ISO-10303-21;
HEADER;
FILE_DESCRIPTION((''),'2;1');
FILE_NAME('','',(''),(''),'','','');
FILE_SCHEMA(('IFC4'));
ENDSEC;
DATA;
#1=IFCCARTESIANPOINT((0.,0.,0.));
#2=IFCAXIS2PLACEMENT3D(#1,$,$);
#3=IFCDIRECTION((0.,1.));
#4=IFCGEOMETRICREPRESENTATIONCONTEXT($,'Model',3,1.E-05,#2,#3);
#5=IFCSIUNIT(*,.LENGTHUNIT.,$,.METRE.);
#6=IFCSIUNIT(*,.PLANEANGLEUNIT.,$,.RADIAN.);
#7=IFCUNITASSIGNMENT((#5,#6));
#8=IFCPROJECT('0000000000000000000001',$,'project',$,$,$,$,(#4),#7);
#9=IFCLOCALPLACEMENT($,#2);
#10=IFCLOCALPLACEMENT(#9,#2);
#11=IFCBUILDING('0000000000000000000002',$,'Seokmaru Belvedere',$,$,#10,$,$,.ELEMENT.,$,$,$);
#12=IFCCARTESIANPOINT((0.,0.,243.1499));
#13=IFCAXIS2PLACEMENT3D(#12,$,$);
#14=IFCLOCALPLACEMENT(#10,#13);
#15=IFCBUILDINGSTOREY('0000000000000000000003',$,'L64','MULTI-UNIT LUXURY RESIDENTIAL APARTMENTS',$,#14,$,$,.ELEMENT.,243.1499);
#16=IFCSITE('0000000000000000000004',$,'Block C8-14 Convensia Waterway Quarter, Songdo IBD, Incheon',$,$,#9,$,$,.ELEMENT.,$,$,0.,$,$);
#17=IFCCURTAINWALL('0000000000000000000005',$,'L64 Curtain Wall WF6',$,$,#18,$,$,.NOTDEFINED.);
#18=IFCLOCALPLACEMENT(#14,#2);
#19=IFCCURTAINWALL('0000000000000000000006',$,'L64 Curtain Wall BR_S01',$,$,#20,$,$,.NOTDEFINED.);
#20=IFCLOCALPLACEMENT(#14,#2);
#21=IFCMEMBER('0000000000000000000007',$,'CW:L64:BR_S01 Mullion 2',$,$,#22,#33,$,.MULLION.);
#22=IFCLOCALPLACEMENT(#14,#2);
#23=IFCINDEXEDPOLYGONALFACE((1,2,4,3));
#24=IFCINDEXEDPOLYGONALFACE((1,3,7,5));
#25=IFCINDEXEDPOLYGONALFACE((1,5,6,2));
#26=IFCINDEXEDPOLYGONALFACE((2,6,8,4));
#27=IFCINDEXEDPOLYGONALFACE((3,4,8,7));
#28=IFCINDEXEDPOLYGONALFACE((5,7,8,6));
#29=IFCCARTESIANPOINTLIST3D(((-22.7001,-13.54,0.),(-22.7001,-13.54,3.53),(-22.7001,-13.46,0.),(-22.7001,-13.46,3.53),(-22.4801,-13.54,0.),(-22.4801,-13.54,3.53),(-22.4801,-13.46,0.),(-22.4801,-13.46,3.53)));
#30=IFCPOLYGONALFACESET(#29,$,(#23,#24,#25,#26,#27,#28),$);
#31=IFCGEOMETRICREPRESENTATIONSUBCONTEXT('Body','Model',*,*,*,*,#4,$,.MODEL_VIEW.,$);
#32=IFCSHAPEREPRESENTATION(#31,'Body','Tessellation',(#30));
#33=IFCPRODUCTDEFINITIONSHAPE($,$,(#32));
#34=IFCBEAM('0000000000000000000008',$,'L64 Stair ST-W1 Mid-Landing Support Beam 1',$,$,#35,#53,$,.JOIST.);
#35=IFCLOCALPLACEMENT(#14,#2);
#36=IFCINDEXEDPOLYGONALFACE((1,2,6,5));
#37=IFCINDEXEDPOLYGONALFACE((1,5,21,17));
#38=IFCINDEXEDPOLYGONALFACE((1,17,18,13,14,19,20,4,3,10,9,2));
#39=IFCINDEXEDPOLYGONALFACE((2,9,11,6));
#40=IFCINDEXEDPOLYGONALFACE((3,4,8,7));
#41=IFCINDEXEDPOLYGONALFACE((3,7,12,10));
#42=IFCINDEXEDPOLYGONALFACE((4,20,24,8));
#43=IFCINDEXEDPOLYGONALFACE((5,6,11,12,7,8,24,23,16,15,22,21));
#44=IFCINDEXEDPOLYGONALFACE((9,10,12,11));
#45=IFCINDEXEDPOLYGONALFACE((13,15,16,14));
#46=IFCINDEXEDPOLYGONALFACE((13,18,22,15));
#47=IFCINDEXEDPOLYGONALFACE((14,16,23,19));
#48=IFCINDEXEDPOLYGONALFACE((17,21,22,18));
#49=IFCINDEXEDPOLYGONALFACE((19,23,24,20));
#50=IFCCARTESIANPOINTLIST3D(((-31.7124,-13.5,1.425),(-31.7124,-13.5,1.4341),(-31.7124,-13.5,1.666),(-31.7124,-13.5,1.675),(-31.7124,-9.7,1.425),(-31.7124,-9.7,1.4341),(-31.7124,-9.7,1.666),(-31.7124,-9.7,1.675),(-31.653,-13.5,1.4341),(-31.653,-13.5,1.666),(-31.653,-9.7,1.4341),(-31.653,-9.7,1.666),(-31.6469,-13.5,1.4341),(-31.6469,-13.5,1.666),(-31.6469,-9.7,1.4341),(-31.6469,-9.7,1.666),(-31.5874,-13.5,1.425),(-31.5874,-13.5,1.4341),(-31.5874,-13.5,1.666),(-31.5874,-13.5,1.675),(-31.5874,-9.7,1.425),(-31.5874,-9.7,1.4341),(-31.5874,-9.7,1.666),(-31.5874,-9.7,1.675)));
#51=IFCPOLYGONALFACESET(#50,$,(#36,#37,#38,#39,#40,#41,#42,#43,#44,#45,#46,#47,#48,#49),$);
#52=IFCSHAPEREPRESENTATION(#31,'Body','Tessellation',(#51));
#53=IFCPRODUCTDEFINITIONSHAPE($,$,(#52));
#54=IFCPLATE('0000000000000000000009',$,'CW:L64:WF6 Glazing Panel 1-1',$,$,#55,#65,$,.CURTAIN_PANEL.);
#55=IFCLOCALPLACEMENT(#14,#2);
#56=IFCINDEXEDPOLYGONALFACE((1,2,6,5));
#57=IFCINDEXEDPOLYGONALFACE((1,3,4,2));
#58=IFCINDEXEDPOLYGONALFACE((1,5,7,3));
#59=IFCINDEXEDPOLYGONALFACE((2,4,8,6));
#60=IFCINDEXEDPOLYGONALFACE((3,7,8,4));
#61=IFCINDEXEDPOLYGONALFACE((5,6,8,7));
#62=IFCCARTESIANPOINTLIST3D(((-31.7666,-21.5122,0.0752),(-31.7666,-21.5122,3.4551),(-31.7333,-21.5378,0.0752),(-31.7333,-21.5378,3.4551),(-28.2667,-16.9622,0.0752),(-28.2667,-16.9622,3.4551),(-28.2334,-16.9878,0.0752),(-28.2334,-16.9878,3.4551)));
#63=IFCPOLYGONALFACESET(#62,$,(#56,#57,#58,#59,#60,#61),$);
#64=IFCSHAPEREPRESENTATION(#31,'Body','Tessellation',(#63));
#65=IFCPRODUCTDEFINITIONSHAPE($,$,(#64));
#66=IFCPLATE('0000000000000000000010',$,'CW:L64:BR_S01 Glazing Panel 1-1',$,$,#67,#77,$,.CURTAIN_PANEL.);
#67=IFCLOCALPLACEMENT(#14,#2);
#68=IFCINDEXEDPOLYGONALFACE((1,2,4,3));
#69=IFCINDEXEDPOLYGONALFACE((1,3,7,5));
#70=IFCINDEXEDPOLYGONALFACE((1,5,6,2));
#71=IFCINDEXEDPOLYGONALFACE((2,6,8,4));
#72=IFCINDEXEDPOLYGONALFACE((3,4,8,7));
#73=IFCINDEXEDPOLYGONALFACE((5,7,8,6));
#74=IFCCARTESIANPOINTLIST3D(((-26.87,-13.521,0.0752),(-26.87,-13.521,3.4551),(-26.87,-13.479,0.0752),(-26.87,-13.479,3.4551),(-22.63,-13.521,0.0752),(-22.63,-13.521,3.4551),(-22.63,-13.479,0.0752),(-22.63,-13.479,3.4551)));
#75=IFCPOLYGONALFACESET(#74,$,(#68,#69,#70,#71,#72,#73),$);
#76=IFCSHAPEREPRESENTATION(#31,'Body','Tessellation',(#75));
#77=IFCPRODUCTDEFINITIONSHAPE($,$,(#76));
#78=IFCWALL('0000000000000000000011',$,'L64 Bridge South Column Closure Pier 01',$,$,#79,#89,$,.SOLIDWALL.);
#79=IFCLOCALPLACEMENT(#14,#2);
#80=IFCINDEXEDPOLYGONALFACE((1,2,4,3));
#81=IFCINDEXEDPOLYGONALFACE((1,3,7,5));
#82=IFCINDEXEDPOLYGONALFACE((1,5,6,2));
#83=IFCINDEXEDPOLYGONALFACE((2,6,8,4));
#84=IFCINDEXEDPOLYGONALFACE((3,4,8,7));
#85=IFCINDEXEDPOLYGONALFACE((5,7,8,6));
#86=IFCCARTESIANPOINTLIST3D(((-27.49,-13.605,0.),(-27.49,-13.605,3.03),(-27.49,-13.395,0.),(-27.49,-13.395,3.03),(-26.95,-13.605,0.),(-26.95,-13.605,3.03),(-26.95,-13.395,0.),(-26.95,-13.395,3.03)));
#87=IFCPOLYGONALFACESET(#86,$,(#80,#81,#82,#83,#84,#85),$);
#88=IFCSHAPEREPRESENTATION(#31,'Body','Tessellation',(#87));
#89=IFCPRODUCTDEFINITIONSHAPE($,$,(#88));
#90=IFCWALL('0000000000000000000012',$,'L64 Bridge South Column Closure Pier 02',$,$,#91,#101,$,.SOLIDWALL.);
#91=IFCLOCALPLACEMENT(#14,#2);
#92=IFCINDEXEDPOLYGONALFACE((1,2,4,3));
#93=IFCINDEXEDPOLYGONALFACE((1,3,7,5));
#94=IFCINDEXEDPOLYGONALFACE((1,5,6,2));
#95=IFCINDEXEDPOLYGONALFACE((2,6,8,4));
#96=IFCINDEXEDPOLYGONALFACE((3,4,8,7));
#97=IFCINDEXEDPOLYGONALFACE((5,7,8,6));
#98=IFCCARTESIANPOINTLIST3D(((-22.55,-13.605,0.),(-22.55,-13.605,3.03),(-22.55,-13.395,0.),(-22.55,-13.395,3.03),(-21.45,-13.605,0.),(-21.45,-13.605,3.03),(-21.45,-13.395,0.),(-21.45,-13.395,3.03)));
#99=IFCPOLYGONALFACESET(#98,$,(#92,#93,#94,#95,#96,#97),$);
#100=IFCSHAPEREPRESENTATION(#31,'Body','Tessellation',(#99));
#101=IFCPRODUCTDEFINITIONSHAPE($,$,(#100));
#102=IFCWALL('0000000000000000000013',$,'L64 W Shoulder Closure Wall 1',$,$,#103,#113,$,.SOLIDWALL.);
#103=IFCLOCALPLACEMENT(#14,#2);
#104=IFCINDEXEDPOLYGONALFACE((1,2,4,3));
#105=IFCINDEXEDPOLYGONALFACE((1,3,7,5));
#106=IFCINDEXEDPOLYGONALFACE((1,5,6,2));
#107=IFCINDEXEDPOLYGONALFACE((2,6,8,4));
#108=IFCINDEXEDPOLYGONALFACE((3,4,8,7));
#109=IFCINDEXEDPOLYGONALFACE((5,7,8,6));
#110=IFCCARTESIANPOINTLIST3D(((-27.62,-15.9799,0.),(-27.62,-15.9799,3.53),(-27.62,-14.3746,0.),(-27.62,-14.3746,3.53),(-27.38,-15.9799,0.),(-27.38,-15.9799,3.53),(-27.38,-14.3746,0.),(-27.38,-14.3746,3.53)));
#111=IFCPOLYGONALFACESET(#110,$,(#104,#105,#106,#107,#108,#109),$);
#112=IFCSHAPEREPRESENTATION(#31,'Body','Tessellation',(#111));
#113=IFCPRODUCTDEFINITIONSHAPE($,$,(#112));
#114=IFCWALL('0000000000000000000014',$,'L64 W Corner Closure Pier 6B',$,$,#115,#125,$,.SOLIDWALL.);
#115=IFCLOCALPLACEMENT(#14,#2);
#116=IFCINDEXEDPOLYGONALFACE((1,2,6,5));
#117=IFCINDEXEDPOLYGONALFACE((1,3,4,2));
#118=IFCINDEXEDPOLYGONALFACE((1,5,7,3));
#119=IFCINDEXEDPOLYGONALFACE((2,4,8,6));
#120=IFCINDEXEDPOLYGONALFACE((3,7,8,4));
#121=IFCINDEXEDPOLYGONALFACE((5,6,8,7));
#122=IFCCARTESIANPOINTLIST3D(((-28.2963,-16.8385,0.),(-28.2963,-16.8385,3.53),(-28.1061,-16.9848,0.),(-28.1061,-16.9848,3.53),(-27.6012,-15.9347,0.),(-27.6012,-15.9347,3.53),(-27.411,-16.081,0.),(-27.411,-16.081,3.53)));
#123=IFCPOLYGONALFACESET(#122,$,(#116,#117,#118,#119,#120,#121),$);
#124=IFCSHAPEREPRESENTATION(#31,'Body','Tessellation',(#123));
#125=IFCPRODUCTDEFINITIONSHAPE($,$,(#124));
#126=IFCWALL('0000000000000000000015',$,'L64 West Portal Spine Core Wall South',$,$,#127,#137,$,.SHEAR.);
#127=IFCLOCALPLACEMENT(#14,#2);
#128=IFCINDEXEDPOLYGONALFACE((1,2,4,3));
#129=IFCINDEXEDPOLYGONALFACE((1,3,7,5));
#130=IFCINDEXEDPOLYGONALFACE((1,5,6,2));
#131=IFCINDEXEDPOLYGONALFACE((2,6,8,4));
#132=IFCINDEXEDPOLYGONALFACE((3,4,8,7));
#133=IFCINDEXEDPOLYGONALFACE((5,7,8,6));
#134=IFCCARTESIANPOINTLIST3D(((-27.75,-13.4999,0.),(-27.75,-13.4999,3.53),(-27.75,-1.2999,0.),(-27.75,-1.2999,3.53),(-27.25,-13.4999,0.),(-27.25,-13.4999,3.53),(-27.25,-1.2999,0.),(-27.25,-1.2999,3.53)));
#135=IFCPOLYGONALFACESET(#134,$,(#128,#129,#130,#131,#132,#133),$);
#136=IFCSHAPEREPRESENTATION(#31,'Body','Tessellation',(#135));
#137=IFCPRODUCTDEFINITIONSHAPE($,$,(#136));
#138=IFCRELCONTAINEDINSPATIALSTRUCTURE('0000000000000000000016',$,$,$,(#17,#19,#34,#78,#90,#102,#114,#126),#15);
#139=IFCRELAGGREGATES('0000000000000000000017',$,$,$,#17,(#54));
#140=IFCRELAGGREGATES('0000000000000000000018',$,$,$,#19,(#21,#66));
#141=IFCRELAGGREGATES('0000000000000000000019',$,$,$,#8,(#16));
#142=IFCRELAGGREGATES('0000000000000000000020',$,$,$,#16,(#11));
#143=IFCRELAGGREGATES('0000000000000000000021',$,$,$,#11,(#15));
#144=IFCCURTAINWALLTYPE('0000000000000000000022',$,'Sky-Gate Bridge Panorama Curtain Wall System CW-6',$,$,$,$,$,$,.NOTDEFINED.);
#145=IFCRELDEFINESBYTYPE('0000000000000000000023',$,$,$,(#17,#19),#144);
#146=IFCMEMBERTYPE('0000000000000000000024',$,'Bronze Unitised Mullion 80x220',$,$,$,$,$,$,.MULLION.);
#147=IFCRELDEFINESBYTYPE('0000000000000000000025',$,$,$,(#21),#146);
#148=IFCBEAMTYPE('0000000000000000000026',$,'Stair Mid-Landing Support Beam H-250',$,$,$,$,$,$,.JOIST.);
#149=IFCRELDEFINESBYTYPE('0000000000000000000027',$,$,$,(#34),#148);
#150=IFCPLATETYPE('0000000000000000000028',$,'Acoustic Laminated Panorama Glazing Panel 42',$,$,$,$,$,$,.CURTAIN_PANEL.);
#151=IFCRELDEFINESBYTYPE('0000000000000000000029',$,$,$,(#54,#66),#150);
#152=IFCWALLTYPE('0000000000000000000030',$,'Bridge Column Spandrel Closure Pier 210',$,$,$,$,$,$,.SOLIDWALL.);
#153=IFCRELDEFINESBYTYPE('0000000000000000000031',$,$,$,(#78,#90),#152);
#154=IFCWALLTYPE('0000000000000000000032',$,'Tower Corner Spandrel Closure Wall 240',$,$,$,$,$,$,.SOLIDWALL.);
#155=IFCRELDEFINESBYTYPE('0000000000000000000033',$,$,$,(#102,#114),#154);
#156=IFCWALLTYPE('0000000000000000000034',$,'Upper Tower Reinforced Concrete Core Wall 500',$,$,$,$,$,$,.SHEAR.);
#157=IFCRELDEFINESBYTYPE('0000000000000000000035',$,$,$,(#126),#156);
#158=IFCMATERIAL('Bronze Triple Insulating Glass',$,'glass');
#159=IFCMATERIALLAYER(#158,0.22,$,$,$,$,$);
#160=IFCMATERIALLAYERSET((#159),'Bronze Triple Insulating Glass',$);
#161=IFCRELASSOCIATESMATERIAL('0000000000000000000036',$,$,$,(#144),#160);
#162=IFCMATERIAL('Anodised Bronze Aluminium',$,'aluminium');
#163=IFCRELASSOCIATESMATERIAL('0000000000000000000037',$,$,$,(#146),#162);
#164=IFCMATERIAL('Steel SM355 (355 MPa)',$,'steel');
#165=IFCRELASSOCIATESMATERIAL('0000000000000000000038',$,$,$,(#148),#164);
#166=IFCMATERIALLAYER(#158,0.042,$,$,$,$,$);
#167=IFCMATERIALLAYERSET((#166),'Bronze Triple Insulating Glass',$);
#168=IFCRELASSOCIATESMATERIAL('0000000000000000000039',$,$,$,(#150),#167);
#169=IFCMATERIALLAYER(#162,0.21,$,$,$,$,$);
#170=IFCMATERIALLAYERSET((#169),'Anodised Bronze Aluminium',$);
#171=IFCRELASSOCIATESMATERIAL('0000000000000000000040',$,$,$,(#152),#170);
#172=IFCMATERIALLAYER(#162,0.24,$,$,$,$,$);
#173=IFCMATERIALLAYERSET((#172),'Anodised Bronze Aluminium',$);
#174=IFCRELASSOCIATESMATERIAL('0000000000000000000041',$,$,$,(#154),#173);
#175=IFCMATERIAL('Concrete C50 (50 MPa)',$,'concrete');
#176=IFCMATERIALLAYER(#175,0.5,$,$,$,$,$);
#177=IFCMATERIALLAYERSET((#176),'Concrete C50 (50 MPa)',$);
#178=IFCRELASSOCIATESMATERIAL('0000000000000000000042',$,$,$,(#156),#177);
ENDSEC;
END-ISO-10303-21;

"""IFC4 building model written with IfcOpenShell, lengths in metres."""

from ifc_helpers import new_model, si_unit, direction, frame, frame_2d, origin, origin_2d, place, context, subcontext, project, spatial, rectangle, i_section, extrude, source, transform, mapped, material, layer, layer_set, material_profile, profile_set, type_object, type_shapes, element, aggregate, save


model = new_model("IFC4")

# Units and contexts
model_context = context("Model", 3, precision=1e-05, world=origin(), true_north=direction((0.0, 1.0)))
body_context = subcontext(model_context, "Body", "Model", "MODEL_VIEW")
ifc_project = project(units=[si_unit("LENGTHUNIT", "METRE"), si_unit("PLANEANGLEUNIT", "RADIAN")], contexts=[model_context])

# Site, building, storey
site_placement = place(None, origin())
site = spatial("IfcSite", under=ifc_project, at=site_placement, Name="Block C8-14 Convensia Waterway Quarter, Songdo IBD, Incheon", CompositionType="ELEMENT", RefElevation=0.0)
building_placement = place(site_placement, origin())
building = spatial("IfcBuilding", under=site, at=building_placement, Name="Seokmaru Belvedere", CompositionType="ELEMENT")
storey_placement = place(building_placement, frame((0.0, 0.0, 243.1499)))
storey = spatial("IfcBuildingStorey", under=building, at=storey_placement, Name="L64", Description="MULTI-UNIT LUXURY RESIDENTIAL APARTMENTS", CompositionType="ELEMENT", Elevation=243.1499)

# Shared definitions
ifc_material_1 = material(Name="Steel SM355 (355 MPa)", Category="steel")

# Curtain wall
ifc_material_2 = material(Name="Bronze Triple Insulating Glass", Category="glass")
ifc_layer_1 = layer(ifc_material_2, 0.22)
ifc_layer_set_1 = layer_set([ifc_layer_1], Name="Bronze Triple Insulating Glass")
curtain_wall_type = type_object("IfcCurtainWallType", Name="Sky-Gate Bridge Panorama Curtain Wall System CW-6", PredefinedType="NOTDEFINED", material=ifc_layer_set_1)
curtain_wall_1_placement = place(storey_placement, origin())
curtain_wall_1 = element("IfcCurtainWall", 1, at=curtain_wall_1_placement, inside=storey, type_object=curtain_wall_type, Name="L64 Curtain Wall WF6", PredefinedType="NOTDEFINED")
ifc_material_3 = material(Name="Anodised Bronze Aluminium", Category="aluminium")

# Curtain wall
curtain_wall_2_placement = place(storey_placement, origin())
curtain_wall_2 = element("IfcCurtainWall", 2, at=curtain_wall_2_placement, inside=storey, type_object=curtain_wall_type, Name="L64 Curtain Wall BR_S01", PredefinedType="NOTDEFINED")

# Member
ifc_material_profile_1 = material_profile(ifc_material_3, rectangle(XDim=0.0801, YDim=0.22, at=origin_2d()), Name="CW-M-80x220")
ifc_profile_set_1 = profile_set([ifc_material_profile_1], Name="Anodised Bronze Aluminium")
member_type_1 = type_object("IfcMemberType", Name="Bronze Unitised Mullion 80x220", PredefinedType="MULLION", material=ifc_profile_set_1)
shared_shape_1 = source(origin(), body_context, "Body", "SweptSolid", [
    extrude(rectangle(XDim=0.0801, YDim=0.22, at=origin_2d()), origin(), (0.0, 0.0, 1.0), 3.53),
])
type_shapes(member_type_1, [shared_shape_1])
member_1_placement = place(storey_placement, frame((-22.5901, -13.5, 0.0), z_axis=(0.0, 0.0, 1.0), x_axis=(0.0, 1.0, 0.0)))
member_1 = element("IfcMember", 3, at=member_1_placement, type_object=member_type_1, Name="CW:L64:BR_S01 Mullion 2", PredefinedType="MULLION", context=body_context, shape_type="MappedRepresentation", body=[
    mapped(shared_shape_1, transform((0.0, 0.0, 0.0), scale=1.0)),
])

# Beam
ifc_material_profile_2 = material_profile(ifc_material_1, i_section(OverallWidth=0.125, OverallDepth=0.25, WebThickness=0.0061, FlangeThickness=0.009, at=origin_2d()), Name="H-250x125x6x9")
ifc_profile_set_2 = profile_set([ifc_material_profile_2], Name="Steel SM355 (355 MPa)")
beam_type_1 = type_object("IfcBeamType", Name="Stair Mid-Landing Support Beam H-250", PredefinedType="JOIST", material=ifc_profile_set_2)
shared_shape_2 = source(origin(), body_context, "Body", "SweptSolid", [
    extrude(i_section(OverallWidth=0.125, OverallDepth=0.25, WebThickness=0.0061, FlangeThickness=0.009, at=origin_2d()), origin(), (0.0, 0.0, 1.0), 3.8),
])
type_shapes(beam_type_1, [shared_shape_2])
beam_1_placement = place(storey_placement, frame((-31.6499, -13.5, 1.55), z_axis=(0.0, 1.0, 0.0), x_axis=(-1.0, 0.0, 0.0)))
element("IfcBeam", 4, at=beam_1_placement, inside=storey, type_object=beam_type_1, Name="L64 Stair ST-W1 Mid-Landing Support Beam 1", PredefinedType="JOIST", context=body_context, shape_type="MappedRepresentation", body=[
    mapped(shared_shape_2, transform((0.0, 0.0, 0.0), scale=1.0)),
])

# Plates
ifc_layer_2 = layer(ifc_material_2, 0.042)
ifc_layer_set_2 = layer_set([ifc_layer_2], Name="Bronze Triple Insulating Glass")
plate_type = type_object("IfcPlateType", Name="Acoustic Laminated Panorama Glazing Panel 42", PredefinedType="CURTAIN_PANEL", material=ifc_layer_set_2)
shared_shape_3 = source(origin(), body_context, "Body", "SweptSolid", [
    extrude(rectangle(XDim=5.7405, YDim=0.042, at=origin_2d()), origin(), (0.0, 0.0, 1.0), 3.3799),
])
plate_1_placement = place(storey_placement, frame((-30.0, -19.25, 0.0752), z_axis=(0.0, 0.0, 1.0), x_axis=(0.609701, 0.792631, 0.0)))
plate_1 = element("IfcPlate", 5, at=plate_1_placement, type_object=plate_type, Name="CW:L64:WF6 Glazing Panel 1-1", PredefinedType="CURTAIN_PANEL", context=body_context, shape_type="MappedRepresentation", body=[
    mapped(shared_shape_3, transform((0.0, 0.0, 0.0), scale=1.0)),
])
aggregate(curtain_wall_1, [plate_1])
shared_shape_4 = source(origin(), body_context, "Body", "SweptSolid", [
    extrude(rectangle(XDim=4.24, YDim=0.042, at=origin_2d()), origin(), (0.0, 0.0, 1.0), 3.3799),
])
type_shapes(plate_type, [shared_shape_3, shared_shape_4])
plate_2_placement = place(storey_placement, frame((-24.75, -13.5, 0.0752), z_axis=(0.0, 0.0, 1.0), x_axis=(1.0, 0.0, 0.0)))
plate_2 = element("IfcPlate", 6, at=plate_2_placement, type_object=plate_type, Name="CW:L64:BR_S01 Glazing Panel 1-1", PredefinedType="CURTAIN_PANEL", context=body_context, shape_type="MappedRepresentation", body=[
    mapped(shared_shape_4, transform((0.0, 0.0, 0.0), scale=1.0)),
])
aggregate(curtain_wall_2, [member_1, plate_2])

# Walls
ifc_layer_3 = layer(ifc_material_3, 0.21)
ifc_layer_set_3 = layer_set([ifc_layer_3], Name="Anodised Bronze Aluminium")
wall_type_1 = type_object("IfcWallType", Name="Bridge Column Spandrel Closure Pier 210", PredefinedType="SOLIDWALL", material=ifc_layer_set_3)
wall_1_placement = place(storey_placement, frame((-27.49, -13.5, 0.0), z_axis=(0.0, 0.0, 1.0), x_axis=(1.0, 0.0, 0.0)))
element("IfcWall", 7, at=wall_1_placement, inside=storey, type_object=wall_type_1, Name="L64 Bridge South Column Closure Pier 01", PredefinedType="SOLIDWALL", context=body_context, shape_type="SweptSolid", body=[
    extrude(rectangle(XDim=0.54, YDim=0.21, at=frame_2d((0.27, 0.0))), origin(), (0.0, 0.0, 1.0), 3.03),
])
wall_2_placement = place(storey_placement, frame((-22.55, -13.5, 0.0), z_axis=(0.0, 0.0, 1.0), x_axis=(1.0, 0.0, 0.0)))
element("IfcWall", 8, at=wall_2_placement, inside=storey, type_object=wall_type_1, Name="L64 Bridge South Column Closure Pier 02", PredefinedType="SOLIDWALL", context=body_context, shape_type="SweptSolid", body=[
    extrude(rectangle(XDim=1.1001, YDim=0.21, at=frame_2d((0.55, 0.0))), origin(), (0.0, 0.0, 1.0), 3.03),
])
ifc_layer_4 = layer(ifc_material_3, 0.24)
ifc_layer_set_4 = layer_set([ifc_layer_4], Name="Anodised Bronze Aluminium")
wall_type_2 = type_object("IfcWallType", Name="Tower Corner Spandrel Closure Wall 240", PredefinedType="SOLIDWALL", material=ifc_layer_set_4)
wall_3_placement = place(storey_placement, frame((-27.5, -15.98, 0.0), z_axis=(0.0, 0.0, 1.0), x_axis=(0.0, 1.0, 0.0)))
element("IfcWall", 9, at=wall_3_placement, inside=storey, type_object=wall_type_2, Name="L64 W Shoulder Closure Wall 1", PredefinedType="SOLIDWALL", context=body_context, shape_type="SweptSolid", body=[
    extrude(rectangle(XDim=1.6052, YDim=0.24, at=frame_2d((0.8027, 0.0))), origin(), (0.0, 0.0, 1.0), 3.53),
])
wall_4_placement = place(storey_placement, frame((-28.2012, -16.9116, 0.0), z_axis=(0.0, 0.0, 1.0), x_axis=(0.609618, 0.792696, 0.0)))
element("IfcWall", 10, at=wall_4_placement, inside=storey, type_object=wall_type_2, Name="L64 W Corner Closure Pier 6B", PredefinedType="SOLIDWALL", context=body_context, shape_type="SweptSolid", body=[
    extrude(rectangle(XDim=1.1401, YDim=0.24, at=frame_2d((0.5701, 0.0))), origin(), (0.0, 0.0, 1.0), 3.53),
])
ifc_material_4 = material(Name="Concrete C50 (50 MPa)", Category="concrete")
ifc_layer_5 = layer(ifc_material_4, 0.5)
ifc_layer_set_5 = layer_set([ifc_layer_5], Name="Concrete C50 (50 MPa)")
wall_type_3 = type_object("IfcWallType", Name="Upper Tower Reinforced Concrete Core Wall 500", PredefinedType="SHEAR", material=ifc_layer_set_5)
wall_5_placement = place(storey_placement, frame((-27.5, -13.5, 0.0), z_axis=(0.0, 0.0, 1.0), x_axis=(0.0, 1.0, 0.0)))
element("IfcWall", 11, at=wall_5_placement, inside=storey, type_object=wall_type_3, Name="L64 West Portal Spine Core Wall South", PredefinedType="SHEAR", context=body_context, shape_type="SweptSolid", body=[
    extrude(rectangle(XDim=12.2, YDim=0.5, at=frame_2d((6.1001, 0.0))), origin(), (0.0, 0.0, 1.0), 3.53),
])

save(model, "model.ifc")
